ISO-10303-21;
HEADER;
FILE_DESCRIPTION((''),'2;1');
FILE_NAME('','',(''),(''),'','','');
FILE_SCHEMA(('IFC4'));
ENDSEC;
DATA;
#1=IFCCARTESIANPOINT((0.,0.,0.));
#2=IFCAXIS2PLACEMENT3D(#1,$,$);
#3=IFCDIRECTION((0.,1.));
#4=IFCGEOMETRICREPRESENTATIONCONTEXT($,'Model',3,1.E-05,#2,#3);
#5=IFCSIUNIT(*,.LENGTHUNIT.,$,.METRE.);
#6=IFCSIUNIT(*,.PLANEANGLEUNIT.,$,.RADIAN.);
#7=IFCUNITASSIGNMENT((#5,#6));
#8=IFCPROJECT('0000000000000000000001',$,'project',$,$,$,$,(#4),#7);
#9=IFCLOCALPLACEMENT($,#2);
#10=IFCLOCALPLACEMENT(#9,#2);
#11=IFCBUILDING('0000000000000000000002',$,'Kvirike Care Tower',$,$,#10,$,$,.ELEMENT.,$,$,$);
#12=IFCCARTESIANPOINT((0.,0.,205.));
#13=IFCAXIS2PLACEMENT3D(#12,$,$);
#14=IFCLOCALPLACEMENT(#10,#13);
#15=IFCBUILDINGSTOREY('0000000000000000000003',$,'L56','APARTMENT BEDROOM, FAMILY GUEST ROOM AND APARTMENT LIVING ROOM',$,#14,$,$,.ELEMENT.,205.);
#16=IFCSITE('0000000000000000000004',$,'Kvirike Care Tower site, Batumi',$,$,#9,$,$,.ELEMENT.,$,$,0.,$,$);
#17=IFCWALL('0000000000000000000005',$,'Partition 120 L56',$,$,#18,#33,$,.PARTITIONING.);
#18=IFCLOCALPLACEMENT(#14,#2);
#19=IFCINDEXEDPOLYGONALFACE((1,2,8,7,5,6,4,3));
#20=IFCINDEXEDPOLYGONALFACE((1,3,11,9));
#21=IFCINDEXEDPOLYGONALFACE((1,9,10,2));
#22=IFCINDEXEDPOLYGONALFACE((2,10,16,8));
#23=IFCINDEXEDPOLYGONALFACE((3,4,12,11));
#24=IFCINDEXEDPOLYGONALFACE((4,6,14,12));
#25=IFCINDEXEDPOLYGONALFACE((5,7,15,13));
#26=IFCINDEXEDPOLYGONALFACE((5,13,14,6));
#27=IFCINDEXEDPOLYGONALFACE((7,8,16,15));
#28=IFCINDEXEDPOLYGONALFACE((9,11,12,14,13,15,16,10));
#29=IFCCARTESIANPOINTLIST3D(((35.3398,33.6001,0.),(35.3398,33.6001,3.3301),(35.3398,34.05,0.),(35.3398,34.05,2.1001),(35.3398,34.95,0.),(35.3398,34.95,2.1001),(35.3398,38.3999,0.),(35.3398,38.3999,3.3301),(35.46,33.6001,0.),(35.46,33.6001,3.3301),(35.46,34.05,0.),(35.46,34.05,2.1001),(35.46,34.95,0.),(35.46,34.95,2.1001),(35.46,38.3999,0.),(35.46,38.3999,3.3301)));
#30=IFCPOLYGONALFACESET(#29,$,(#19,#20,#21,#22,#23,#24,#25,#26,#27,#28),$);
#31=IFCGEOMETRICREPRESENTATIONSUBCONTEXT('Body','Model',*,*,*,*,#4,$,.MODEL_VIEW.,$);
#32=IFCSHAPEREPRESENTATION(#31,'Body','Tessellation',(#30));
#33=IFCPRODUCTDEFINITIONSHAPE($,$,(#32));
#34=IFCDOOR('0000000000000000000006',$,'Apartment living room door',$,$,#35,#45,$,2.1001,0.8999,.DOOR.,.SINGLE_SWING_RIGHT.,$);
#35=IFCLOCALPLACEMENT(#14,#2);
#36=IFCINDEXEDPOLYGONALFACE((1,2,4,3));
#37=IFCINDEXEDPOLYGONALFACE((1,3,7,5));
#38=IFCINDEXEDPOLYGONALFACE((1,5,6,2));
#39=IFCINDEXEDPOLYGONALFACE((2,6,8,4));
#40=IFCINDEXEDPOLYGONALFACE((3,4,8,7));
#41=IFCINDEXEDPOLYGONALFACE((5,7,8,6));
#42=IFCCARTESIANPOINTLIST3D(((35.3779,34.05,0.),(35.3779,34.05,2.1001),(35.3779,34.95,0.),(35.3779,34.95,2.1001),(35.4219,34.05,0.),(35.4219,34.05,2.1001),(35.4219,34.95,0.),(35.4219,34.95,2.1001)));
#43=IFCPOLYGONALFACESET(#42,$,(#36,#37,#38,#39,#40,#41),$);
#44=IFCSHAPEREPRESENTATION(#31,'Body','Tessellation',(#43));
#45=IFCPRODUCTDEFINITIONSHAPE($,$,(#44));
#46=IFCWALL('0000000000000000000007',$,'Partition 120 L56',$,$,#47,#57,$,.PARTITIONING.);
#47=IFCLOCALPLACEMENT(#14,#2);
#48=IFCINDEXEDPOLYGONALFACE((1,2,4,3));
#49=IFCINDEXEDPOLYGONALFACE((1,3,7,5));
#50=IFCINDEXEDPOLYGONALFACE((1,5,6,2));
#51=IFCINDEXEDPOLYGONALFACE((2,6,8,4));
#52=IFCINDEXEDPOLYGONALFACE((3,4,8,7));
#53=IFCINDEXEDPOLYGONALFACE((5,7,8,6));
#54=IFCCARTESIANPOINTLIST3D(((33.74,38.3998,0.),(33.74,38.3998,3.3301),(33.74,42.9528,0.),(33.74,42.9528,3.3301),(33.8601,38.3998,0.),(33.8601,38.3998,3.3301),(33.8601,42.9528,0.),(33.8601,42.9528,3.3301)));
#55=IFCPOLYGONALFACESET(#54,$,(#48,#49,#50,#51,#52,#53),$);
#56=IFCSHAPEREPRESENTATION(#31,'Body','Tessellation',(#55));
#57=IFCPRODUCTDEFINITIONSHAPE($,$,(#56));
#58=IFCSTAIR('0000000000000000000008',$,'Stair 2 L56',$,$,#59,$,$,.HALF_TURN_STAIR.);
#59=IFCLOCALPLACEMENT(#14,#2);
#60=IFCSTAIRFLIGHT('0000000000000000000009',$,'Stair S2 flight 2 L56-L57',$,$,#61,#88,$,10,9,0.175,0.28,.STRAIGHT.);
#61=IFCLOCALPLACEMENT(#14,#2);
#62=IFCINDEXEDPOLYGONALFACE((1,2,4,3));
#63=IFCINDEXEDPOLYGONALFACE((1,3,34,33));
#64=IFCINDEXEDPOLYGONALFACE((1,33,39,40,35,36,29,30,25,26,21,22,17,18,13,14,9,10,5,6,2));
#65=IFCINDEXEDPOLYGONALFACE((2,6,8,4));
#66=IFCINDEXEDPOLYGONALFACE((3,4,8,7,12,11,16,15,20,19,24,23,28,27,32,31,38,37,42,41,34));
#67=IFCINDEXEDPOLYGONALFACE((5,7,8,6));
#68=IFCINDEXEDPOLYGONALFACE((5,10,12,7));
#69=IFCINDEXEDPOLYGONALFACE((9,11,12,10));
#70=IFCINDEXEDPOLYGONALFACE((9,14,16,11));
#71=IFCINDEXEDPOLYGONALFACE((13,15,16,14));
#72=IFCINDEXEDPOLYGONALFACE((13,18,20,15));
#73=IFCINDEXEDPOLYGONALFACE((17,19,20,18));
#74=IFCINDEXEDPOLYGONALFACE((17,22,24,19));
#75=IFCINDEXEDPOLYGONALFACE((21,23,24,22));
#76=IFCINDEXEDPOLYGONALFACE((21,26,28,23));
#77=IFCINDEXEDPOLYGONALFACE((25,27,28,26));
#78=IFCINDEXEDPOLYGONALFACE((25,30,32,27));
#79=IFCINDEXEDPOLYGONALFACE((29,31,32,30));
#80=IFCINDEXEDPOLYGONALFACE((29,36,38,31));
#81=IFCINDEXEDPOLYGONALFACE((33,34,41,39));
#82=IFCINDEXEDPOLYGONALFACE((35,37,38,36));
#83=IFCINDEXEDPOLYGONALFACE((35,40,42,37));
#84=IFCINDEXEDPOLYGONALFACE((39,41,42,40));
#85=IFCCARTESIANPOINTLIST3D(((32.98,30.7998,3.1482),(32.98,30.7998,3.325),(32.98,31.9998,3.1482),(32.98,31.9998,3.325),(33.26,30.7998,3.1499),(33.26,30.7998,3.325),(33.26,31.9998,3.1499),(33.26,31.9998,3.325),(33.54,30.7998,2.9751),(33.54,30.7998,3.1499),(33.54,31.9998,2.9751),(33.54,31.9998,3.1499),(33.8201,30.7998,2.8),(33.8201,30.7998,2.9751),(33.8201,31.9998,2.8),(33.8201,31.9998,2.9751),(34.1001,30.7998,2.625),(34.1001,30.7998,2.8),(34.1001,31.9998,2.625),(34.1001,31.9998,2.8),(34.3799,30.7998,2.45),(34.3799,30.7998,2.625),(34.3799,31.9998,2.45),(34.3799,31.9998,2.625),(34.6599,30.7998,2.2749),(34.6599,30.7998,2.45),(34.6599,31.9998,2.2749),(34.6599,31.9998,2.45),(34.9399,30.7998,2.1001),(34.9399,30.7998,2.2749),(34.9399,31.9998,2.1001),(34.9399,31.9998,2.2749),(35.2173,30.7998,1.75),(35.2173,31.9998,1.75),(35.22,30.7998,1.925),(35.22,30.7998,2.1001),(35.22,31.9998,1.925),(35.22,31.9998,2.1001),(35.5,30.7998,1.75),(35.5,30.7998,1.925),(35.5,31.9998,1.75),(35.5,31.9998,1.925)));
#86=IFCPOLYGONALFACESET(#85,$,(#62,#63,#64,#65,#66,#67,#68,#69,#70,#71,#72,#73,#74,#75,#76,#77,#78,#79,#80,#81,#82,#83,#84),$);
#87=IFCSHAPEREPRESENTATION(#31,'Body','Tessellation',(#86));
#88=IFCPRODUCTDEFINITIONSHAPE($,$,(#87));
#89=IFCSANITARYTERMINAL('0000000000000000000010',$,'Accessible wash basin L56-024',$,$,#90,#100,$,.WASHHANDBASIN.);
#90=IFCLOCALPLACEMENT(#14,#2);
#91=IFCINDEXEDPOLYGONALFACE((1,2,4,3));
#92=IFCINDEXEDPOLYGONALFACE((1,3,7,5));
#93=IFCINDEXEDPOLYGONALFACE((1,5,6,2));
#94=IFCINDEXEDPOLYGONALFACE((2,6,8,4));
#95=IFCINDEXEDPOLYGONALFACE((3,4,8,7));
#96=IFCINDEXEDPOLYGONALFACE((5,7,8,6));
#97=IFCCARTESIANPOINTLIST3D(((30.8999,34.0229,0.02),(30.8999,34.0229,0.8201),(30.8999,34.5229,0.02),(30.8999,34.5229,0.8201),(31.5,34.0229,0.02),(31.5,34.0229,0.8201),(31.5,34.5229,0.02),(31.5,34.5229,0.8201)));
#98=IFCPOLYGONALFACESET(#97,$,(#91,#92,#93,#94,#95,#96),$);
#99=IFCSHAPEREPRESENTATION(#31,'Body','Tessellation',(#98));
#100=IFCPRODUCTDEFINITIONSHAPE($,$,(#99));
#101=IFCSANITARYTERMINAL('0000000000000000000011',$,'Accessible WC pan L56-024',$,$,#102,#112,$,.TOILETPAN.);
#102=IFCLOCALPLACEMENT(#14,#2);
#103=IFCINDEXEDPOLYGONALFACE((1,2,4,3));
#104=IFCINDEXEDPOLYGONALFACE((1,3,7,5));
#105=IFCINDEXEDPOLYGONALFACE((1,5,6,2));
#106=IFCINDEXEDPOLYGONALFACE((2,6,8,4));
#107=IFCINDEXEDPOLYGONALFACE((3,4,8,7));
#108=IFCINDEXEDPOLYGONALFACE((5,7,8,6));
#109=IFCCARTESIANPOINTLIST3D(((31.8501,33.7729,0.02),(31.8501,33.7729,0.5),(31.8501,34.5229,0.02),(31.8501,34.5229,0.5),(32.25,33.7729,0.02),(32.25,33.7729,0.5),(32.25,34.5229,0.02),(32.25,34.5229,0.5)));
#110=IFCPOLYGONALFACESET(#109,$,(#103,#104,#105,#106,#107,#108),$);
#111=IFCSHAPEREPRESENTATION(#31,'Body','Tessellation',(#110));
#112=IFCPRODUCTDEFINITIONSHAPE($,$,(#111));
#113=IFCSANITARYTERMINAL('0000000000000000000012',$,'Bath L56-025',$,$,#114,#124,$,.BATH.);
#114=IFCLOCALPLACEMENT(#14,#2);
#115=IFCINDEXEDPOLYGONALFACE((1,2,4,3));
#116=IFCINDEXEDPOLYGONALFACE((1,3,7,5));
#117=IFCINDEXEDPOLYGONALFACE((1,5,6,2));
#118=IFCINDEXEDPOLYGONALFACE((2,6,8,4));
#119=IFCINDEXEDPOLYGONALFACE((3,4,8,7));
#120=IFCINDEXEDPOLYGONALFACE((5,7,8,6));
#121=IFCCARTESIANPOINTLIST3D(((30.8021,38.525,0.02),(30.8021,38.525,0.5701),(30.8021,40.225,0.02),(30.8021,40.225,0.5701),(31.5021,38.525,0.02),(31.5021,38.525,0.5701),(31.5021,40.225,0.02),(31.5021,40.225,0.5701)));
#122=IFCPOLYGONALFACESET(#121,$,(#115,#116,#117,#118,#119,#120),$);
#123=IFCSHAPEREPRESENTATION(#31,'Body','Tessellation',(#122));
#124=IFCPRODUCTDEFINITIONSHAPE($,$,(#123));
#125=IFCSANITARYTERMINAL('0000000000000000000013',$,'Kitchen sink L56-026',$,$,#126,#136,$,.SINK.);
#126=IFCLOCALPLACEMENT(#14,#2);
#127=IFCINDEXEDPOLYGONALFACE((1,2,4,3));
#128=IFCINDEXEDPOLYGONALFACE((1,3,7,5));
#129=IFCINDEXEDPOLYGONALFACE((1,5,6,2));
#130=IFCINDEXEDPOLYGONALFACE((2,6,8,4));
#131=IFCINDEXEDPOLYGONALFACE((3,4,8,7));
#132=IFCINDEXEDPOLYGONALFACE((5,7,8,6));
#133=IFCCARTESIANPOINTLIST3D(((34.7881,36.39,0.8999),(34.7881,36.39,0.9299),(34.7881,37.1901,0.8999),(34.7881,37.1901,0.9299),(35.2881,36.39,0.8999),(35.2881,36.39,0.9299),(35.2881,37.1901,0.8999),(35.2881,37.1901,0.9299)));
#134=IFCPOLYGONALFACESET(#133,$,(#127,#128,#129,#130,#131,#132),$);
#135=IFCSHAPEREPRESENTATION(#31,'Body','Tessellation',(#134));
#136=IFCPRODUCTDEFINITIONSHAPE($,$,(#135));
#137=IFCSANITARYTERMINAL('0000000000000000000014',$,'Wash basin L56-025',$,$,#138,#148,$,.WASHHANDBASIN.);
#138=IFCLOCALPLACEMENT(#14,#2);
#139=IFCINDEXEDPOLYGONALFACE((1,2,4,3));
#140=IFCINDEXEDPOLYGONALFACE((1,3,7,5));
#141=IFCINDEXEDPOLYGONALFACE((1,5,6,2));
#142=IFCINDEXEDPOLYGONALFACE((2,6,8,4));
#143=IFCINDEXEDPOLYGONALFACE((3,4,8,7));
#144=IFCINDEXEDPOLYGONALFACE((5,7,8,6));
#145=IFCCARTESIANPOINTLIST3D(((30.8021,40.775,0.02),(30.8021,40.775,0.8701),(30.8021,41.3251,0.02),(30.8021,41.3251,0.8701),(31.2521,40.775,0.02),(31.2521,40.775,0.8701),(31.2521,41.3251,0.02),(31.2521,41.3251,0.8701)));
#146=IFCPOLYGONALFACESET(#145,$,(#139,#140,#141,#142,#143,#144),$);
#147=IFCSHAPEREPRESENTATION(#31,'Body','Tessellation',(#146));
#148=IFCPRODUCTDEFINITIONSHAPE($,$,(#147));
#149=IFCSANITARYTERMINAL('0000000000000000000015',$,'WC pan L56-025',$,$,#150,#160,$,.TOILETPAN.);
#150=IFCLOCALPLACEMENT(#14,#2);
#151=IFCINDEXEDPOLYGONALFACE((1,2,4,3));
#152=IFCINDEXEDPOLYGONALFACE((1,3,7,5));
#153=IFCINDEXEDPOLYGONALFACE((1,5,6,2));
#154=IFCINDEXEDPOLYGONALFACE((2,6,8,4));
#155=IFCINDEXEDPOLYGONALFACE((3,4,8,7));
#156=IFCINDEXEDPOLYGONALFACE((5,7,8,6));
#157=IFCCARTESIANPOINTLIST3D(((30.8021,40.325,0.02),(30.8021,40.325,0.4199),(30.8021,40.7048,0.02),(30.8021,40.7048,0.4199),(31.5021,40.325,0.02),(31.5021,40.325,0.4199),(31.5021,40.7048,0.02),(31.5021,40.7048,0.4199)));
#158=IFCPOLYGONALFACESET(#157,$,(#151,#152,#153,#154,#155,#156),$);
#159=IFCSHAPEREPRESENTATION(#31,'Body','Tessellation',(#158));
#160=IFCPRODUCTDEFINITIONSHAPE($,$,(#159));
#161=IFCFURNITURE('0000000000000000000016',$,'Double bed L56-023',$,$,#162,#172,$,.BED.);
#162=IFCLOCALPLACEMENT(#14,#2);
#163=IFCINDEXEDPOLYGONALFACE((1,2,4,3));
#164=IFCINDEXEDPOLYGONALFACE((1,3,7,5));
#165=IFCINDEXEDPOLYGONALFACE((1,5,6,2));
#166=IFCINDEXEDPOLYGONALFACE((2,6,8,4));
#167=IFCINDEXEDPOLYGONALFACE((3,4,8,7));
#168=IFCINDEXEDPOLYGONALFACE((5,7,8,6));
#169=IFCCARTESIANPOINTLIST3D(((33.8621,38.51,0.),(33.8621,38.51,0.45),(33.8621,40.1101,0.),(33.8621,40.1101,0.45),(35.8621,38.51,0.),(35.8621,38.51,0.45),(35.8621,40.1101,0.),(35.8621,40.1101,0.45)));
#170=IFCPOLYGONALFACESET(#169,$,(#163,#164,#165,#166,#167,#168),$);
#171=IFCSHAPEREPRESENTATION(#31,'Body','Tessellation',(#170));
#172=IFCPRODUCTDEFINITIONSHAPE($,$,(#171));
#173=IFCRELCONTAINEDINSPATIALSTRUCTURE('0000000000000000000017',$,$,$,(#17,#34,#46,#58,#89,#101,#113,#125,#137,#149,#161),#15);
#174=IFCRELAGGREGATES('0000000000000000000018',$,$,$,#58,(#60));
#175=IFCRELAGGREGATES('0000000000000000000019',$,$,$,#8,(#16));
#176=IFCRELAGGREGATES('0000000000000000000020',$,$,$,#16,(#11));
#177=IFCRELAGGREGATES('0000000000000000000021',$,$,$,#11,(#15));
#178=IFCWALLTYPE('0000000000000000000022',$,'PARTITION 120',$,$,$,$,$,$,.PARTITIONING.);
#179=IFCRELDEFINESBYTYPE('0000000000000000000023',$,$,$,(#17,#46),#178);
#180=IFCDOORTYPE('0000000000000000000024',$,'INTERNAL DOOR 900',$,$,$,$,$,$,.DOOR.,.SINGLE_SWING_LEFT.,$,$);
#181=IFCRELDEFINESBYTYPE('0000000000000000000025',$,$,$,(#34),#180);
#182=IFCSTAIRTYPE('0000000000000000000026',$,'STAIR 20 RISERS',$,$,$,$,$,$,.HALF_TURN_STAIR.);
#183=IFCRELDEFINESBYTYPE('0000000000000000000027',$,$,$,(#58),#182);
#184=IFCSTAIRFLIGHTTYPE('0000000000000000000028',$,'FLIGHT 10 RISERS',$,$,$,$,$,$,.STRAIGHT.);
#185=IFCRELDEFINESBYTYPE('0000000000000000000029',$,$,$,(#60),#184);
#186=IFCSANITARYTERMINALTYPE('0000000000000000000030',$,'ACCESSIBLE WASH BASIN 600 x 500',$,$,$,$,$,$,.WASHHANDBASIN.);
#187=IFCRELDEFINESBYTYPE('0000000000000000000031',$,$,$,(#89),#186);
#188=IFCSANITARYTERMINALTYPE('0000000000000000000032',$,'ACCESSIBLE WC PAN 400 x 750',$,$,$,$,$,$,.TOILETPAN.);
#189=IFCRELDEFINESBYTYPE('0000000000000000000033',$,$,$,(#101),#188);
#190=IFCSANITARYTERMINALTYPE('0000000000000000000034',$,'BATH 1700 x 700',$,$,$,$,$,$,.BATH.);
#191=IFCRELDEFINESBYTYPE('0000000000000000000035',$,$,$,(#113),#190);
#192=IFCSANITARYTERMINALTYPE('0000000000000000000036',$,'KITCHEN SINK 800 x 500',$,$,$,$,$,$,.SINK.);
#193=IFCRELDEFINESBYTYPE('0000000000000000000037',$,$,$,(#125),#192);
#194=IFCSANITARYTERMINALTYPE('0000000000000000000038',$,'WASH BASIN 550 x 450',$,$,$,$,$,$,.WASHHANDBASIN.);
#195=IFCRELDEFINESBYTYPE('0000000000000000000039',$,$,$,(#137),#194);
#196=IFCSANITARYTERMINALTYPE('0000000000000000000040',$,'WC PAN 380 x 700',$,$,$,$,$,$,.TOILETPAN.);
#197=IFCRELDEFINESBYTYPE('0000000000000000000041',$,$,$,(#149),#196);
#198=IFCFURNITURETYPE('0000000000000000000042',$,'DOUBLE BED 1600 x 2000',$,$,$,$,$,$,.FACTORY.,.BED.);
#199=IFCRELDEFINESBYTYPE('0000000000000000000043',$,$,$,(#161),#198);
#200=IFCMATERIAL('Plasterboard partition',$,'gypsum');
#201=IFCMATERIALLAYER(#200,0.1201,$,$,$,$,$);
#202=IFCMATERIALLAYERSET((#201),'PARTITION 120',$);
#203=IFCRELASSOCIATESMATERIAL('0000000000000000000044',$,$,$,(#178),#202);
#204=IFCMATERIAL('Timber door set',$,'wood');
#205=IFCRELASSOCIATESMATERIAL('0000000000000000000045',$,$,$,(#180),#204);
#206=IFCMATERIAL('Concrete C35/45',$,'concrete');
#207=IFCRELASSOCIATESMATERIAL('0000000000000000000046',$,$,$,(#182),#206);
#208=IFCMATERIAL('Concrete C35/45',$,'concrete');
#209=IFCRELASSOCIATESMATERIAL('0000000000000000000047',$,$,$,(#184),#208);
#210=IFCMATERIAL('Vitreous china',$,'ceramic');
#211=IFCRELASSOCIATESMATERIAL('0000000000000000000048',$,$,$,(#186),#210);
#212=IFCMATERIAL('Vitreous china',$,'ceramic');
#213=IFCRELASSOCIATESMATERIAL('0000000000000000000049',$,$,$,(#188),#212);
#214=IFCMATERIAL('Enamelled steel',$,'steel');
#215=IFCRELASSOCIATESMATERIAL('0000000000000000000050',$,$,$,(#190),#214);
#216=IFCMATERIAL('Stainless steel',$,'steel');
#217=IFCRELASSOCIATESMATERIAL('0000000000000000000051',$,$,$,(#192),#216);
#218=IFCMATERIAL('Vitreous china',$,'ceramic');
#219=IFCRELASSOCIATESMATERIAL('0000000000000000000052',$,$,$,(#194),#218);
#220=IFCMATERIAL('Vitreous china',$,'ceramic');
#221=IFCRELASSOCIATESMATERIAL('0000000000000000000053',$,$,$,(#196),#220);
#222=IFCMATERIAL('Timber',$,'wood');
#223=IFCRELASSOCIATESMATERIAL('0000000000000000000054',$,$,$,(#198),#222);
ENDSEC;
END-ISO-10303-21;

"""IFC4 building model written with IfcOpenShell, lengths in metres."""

from ifc_helpers import new_model, si_unit, direction, frame, frame_2d, origin, origin_2d, place, context, subcontext, project, spatial, polyline, rectangle, outline, extrude, material, layer, layer_set, type_object, element, fill, aggregate, save


model = new_model("IFC4")

# Units and contexts
model_context = context("Model", 3, precision=1e-05, world=origin(), true_north=direction((0.0, 1.0)))
body_context = subcontext(model_context, "Body", "Model", "MODEL_VIEW")
ifc_project = project(units=[si_unit("LENGTHUNIT", "METRE"), si_unit("PLANEANGLEUNIT", "RADIAN")], contexts=[model_context])

# Site, building, storey
site_placement = place(None, origin())
site = spatial("IfcSite", under=ifc_project, at=site_placement, Name="Kvirike Care Tower site, Batumi", CompositionType="ELEMENT", RefElevation=0.0)
building_placement = place(site_placement, origin())
building = spatial("IfcBuilding", under=site, at=building_placement, Name="Kvirike Care Tower", CompositionType="ELEMENT")
storey_placement = place(building_placement, frame((0.0, 0.0, 205.0)))
storey = spatial("IfcBuildingStorey", under=building, at=storey_placement, Name="L56", Description="APARTMENT BEDROOM, FAMILY GUEST ROOM AND APARTMENT LIVING ROOM", CompositionType="ELEMENT", Elevation=205.0)

# Wall, opening, door
ifc_material_1 = material(Name="Plasterboard partition", Category="gypsum")
ifc_layer_1 = layer(ifc_material_1, 0.1201)
ifc_layer_set_1 = layer_set([ifc_layer_1], Name="PARTITION 120")
wall_type_1 = type_object("IfcWallType", Name="PARTITION 120", PredefinedType="PARTITIONING", material=ifc_layer_set_1)
wall_1_placement = place(storey_placement, frame((35.3999, 33.6001, 0.0), z_axis=(0.0, 0.0, 1.0), x_axis=(0.0, 1.0, 0.0)))
wall_1 = element("IfcWall", 1, at=wall_1_placement, inside=storey, type_object=wall_type_1, Name="Partition 120 L56", PredefinedType="PARTITIONING", context=body_context, shape_type="SweptSolid", body=[
    extrude(rectangle(XDim=4.7998, YDim=0.1201, at=frame_2d((2.3999, 0.0))), origin(), (0.0, 0.0, 1.0), 3.3301),
])
opening_1_placement = place(wall_1_placement, frame((0.45, 0.0, 0.0)))
opening_1 = element("IfcOpeningElement", 2, at=opening_1_placement, cuts=wall_1, PredefinedType="OPENING", context=body_context, shape_type="SweptSolid", body=[
    extrude(rectangle(XDim=0.8999, YDim=2.1001, at=frame_2d((0.45, 1.05))), frame((0.0, 0.0706, 0.0), z_axis=(0.0, -1.0, 0.0), x_axis=(1.0, 0.0, 0.0)), (0.0, 0.0, 1.0), 0.1411),
])
ifc_material_2 = material(Name="Timber door set", Category="wood")
door_type_1 = type_object("IfcDoorType", Name="INTERNAL DOOR 900", OperationType="SINGLE_SWING_LEFT", PredefinedType="DOOR", material=ifc_material_2)
door_1_placement = place(opening_1_placement, origin())
door_1 = element("IfcDoor", 3, at=door_1_placement, inside=storey, type_object=door_type_1, Name="Apartment living room door", OperationType="SINGLE_SWING_RIGHT", OverallHeight=2.1001, OverallWidth=0.8999, PredefinedType="DOOR", context=body_context, shape_type="SweptSolid", body=[
    extrude(rectangle(XDim=0.8999, YDim=2.1001, at=frame_2d((0.45, 1.05))), frame((0.0, 0.022, 0.0), z_axis=(0.0, -1.0, 0.0), x_axis=(1.0, 0.0, 0.0)), (0.0, 0.0, 1.0), 0.0439),
])
fill(opening_1, door_1)

# Wall
wall_2_placement = place(storey_placement, frame((33.8, 38.3999, 0.0), z_axis=(0.0, 0.0, 1.0), x_axis=(0.0, 1.0, 0.0)))
element("IfcWall", 4, at=wall_2_placement, inside=storey, type_object=wall_type_1, Name="Partition 120 L56", PredefinedType="PARTITIONING", context=body_context, shape_type="SweptSolid", body=[
    extrude(rectangle(XDim=4.553, YDim=0.1201, at=frame_2d((2.2764, 0.0))), origin(), (0.0, 0.0, 1.0), 3.3301),
])

# Stair, stair flight
ifc_material_3 = material(Name="Concrete C35/45", Category="concrete")
stair_type = type_object("IfcStairType", Name="STAIR 20 RISERS", PredefinedType="HALF_TURN_STAIR", material=ifc_material_3)
stair_placement = place(storey_placement, origin())
stair = element("IfcStair", 5, at=stair_placement, inside=storey, type_object=stair_type, Name="Stair 2 L56", PredefinedType="HALF_TURN_STAIR")
ifc_material_4 = material(Name="Concrete C35/45", Category="concrete")
stair_flight_type = type_object("IfcStairFlightType", Name="FLIGHT 10 RISERS", PredefinedType="STRAIGHT", material=ifc_material_4)
stair_flight_placement = place(storey_placement, frame((35.5, 31.3999, 1.75), z_axis=(0.0, 0.0, 1.0), x_axis=(-1.0, 0.0, 0.0)))
stair_flight = element("IfcStairFlight", 6, at=stair_flight_placement, type_object=stair_flight_type, Name="Stair S2 flight 2 L56-L57", NumberOfRisers=10, NumberOfTreads=9, PredefinedType="STRAIGHT", RiserHeight=0.175, TreadLength=0.28, context=body_context, shape_type="SweptSolid", body=[
    extrude(outline(polyline([(0.0, 0.0), (0.0, 0.175), (0.28, 0.175), (0.28, 0.3501), (0.5601, 0.3501), (0.5601, 0.5249), (0.8401, 0.5249), (0.8401, 0.7), (1.1201, 0.7), (1.1201, 0.875), (1.3999, 0.875), (1.3999, 1.05), (1.6799, 1.05), (1.6799, 1.2251), (1.96, 1.2251), (1.96, 1.3999), (2.24, 1.3999), (2.24, 1.575), (2.52, 1.575), (2.52, 1.75), (2.52, 1.3982), (0.2827, 0.0), (0.0, 0.0)])), frame((0.0, 0.6001, 0.0), z_axis=(0.0, -1.0, 0.0), x_axis=(1.0, 0.0, 0.0)), (0.0, 0.0, 1.0), 1.2),
])
aggregate(stair, [stair_flight])

# Sanitary terminals
ifc_material_5 = material(Name="Vitreous china", Category="ceramic")
sanitary_terminal_type_1 = type_object("IfcSanitaryTerminalType", Name="ACCESSIBLE WASH BASIN 600 x 500", PredefinedType="WASHHANDBASIN", material=ifc_material_5)
sanitary_terminal_1_placement = place(storey_placement, frame((31.2, 34.2729, 0.02), z_axis=(0.0, 0.0, 1.0), x_axis=(1.0, 0.0, 0.0)))
element("IfcSanitaryTerminal", 7, at=sanitary_terminal_1_placement, inside=storey, type_object=sanitary_terminal_type_1, Name="Accessible wash basin L56-024", PredefinedType="WASHHANDBASIN", context=body_context, shape_type="SweptSolid", body=[
    extrude(rectangle(XDim=0.6001, YDim=0.5, at=origin_2d()), origin(), (0.0, 0.0, 1.0), 0.8),
])
ifc_material_6 = material(Name="Vitreous china", Category="ceramic")
sanitary_terminal_type_2 = type_object("IfcSanitaryTerminalType", Name="ACCESSIBLE WC PAN 400 x 750", PredefinedType="TOILETPAN", material=ifc_material_6)
sanitary_terminal_2_placement = place(storey_placement, frame((32.05, 34.1479, 0.02), z_axis=(0.0, 0.0, 1.0), x_axis=(1.0, 0.0, 0.0)))
element("IfcSanitaryTerminal", 8, at=sanitary_terminal_2_placement, inside=storey, type_object=sanitary_terminal_type_2, Name="Accessible WC pan L56-024", PredefinedType="TOILETPAN", context=body_context, shape_type="SweptSolid", body=[
    extrude(rectangle(XDim=0.3999, YDim=0.75, at=origin_2d()), origin(), (0.0, 0.0, 1.0), 0.48),
])
ifc_material_7 = material(Name="Enamelled steel", Category="steel")
sanitary_terminal_type_3 = type_object("IfcSanitaryTerminalType", Name="BATH 1700 x 700", PredefinedType="BATH", material=ifc_material_7)
sanitary_terminal_3_placement = place(storey_placement, frame((31.1521, 39.375, 0.02), z_axis=(0.0, 0.0, 1.0), x_axis=(0.0, 1.0, 0.0)))
element("IfcSanitaryTerminal", 9, at=sanitary_terminal_3_placement, inside=storey, type_object=sanitary_terminal_type_3, Name="Bath L56-025", PredefinedType="BATH", context=body_context, shape_type="SweptSolid", body=[
    extrude(rectangle(XDim=1.7, YDim=0.7, at=origin_2d()), origin(), (0.0, 0.0, 1.0), 0.55),
])
ifc_material_8 = material(Name="Stainless steel", Category="steel")
sanitary_terminal_type_4 = type_object("IfcSanitaryTerminalType", Name="KITCHEN SINK 800 x 500", PredefinedType="SINK", material=ifc_material_8)
sanitary_terminal_4_placement = place(storey_placement, frame((35.0381, 36.79, 0.8999), z_axis=(0.0, 0.0, 1.0), x_axis=(0.0, -1.0, 0.0)))
element("IfcSanitaryTerminal", 10, at=sanitary_terminal_4_placement, inside=storey, type_object=sanitary_terminal_type_4, Name="Kitchen sink L56-026", PredefinedType="SINK", context=body_context, shape_type="SweptSolid", body=[
    extrude(rectangle(XDim=0.8, YDim=0.5, at=origin_2d()), origin(), (0.0, 0.0, 1.0), 0.03),
])
ifc_material_9 = material(Name="Vitreous china", Category="ceramic")
sanitary_terminal_type_5 = type_object("IfcSanitaryTerminalType", Name="WASH BASIN 550 x 450", PredefinedType="WASHHANDBASIN", material=ifc_material_9)
sanitary_terminal_5_placement = place(storey_placement, frame((31.0271, 41.05, 0.02), z_axis=(0.0, 0.0, 1.0), x_axis=(0.0, 1.0, 0.0)))
element("IfcSanitaryTerminal", 11, at=sanitary_terminal_5_placement, inside=storey, type_object=sanitary_terminal_type_5, Name="Wash basin L56-025", PredefinedType="WASHHANDBASIN", context=body_context, shape_type="SweptSolid", body=[
    extrude(rectangle(XDim=0.55, YDim=0.45, at=origin_2d()), origin(), (0.0, 0.0, 1.0), 0.8501),
])
ifc_material_10 = material(Name="Vitreous china", Category="ceramic")
sanitary_terminal_type_6 = type_object("IfcSanitaryTerminalType", Name="WC PAN 380 x 700", PredefinedType="TOILETPAN", material=ifc_material_10)
sanitary_terminal_6_placement = place(storey_placement, frame((31.1521, 40.5149, 0.02), z_axis=(0.0, 0.0, 1.0), x_axis=(0.0, 1.0, 0.0)))
element("IfcSanitaryTerminal", 12, at=sanitary_terminal_6_placement, inside=storey, type_object=sanitary_terminal_type_6, Name="WC pan L56-025", PredefinedType="TOILETPAN", context=body_context, shape_type="SweptSolid", body=[
    extrude(rectangle(XDim=0.3799, YDim=0.7, at=origin_2d()), origin(), (0.0, 0.0, 1.0), 0.3999),
])

# Furniture
ifc_material_11 = material(Name="Timber", Category="wood")
furniture_type_1 = type_object("IfcFurnitureType", Name="DOUBLE BED 1600 x 2000", AssemblyPlace="FACTORY", PredefinedType="BED", material=ifc_material_11)
furniture_1_placement = place(storey_placement, frame((34.8621, 39.3101, 0.0), z_axis=(0.0, 0.0, 1.0), x_axis=(0.0, 1.0, 0.0)))
element("IfcFurniture", 13, at=furniture_1_placement, inside=storey, type_object=furniture_type_1, Name="Double bed L56-023", PredefinedType="BED", context=body_context, shape_type="SweptSolid", body=[
    extrude(rectangle(XDim=1.6001, YDim=2.0, at=origin_2d()), origin(), (0.0, 0.0, 1.0), 0.45),
])

save(model, "model.ifc")
